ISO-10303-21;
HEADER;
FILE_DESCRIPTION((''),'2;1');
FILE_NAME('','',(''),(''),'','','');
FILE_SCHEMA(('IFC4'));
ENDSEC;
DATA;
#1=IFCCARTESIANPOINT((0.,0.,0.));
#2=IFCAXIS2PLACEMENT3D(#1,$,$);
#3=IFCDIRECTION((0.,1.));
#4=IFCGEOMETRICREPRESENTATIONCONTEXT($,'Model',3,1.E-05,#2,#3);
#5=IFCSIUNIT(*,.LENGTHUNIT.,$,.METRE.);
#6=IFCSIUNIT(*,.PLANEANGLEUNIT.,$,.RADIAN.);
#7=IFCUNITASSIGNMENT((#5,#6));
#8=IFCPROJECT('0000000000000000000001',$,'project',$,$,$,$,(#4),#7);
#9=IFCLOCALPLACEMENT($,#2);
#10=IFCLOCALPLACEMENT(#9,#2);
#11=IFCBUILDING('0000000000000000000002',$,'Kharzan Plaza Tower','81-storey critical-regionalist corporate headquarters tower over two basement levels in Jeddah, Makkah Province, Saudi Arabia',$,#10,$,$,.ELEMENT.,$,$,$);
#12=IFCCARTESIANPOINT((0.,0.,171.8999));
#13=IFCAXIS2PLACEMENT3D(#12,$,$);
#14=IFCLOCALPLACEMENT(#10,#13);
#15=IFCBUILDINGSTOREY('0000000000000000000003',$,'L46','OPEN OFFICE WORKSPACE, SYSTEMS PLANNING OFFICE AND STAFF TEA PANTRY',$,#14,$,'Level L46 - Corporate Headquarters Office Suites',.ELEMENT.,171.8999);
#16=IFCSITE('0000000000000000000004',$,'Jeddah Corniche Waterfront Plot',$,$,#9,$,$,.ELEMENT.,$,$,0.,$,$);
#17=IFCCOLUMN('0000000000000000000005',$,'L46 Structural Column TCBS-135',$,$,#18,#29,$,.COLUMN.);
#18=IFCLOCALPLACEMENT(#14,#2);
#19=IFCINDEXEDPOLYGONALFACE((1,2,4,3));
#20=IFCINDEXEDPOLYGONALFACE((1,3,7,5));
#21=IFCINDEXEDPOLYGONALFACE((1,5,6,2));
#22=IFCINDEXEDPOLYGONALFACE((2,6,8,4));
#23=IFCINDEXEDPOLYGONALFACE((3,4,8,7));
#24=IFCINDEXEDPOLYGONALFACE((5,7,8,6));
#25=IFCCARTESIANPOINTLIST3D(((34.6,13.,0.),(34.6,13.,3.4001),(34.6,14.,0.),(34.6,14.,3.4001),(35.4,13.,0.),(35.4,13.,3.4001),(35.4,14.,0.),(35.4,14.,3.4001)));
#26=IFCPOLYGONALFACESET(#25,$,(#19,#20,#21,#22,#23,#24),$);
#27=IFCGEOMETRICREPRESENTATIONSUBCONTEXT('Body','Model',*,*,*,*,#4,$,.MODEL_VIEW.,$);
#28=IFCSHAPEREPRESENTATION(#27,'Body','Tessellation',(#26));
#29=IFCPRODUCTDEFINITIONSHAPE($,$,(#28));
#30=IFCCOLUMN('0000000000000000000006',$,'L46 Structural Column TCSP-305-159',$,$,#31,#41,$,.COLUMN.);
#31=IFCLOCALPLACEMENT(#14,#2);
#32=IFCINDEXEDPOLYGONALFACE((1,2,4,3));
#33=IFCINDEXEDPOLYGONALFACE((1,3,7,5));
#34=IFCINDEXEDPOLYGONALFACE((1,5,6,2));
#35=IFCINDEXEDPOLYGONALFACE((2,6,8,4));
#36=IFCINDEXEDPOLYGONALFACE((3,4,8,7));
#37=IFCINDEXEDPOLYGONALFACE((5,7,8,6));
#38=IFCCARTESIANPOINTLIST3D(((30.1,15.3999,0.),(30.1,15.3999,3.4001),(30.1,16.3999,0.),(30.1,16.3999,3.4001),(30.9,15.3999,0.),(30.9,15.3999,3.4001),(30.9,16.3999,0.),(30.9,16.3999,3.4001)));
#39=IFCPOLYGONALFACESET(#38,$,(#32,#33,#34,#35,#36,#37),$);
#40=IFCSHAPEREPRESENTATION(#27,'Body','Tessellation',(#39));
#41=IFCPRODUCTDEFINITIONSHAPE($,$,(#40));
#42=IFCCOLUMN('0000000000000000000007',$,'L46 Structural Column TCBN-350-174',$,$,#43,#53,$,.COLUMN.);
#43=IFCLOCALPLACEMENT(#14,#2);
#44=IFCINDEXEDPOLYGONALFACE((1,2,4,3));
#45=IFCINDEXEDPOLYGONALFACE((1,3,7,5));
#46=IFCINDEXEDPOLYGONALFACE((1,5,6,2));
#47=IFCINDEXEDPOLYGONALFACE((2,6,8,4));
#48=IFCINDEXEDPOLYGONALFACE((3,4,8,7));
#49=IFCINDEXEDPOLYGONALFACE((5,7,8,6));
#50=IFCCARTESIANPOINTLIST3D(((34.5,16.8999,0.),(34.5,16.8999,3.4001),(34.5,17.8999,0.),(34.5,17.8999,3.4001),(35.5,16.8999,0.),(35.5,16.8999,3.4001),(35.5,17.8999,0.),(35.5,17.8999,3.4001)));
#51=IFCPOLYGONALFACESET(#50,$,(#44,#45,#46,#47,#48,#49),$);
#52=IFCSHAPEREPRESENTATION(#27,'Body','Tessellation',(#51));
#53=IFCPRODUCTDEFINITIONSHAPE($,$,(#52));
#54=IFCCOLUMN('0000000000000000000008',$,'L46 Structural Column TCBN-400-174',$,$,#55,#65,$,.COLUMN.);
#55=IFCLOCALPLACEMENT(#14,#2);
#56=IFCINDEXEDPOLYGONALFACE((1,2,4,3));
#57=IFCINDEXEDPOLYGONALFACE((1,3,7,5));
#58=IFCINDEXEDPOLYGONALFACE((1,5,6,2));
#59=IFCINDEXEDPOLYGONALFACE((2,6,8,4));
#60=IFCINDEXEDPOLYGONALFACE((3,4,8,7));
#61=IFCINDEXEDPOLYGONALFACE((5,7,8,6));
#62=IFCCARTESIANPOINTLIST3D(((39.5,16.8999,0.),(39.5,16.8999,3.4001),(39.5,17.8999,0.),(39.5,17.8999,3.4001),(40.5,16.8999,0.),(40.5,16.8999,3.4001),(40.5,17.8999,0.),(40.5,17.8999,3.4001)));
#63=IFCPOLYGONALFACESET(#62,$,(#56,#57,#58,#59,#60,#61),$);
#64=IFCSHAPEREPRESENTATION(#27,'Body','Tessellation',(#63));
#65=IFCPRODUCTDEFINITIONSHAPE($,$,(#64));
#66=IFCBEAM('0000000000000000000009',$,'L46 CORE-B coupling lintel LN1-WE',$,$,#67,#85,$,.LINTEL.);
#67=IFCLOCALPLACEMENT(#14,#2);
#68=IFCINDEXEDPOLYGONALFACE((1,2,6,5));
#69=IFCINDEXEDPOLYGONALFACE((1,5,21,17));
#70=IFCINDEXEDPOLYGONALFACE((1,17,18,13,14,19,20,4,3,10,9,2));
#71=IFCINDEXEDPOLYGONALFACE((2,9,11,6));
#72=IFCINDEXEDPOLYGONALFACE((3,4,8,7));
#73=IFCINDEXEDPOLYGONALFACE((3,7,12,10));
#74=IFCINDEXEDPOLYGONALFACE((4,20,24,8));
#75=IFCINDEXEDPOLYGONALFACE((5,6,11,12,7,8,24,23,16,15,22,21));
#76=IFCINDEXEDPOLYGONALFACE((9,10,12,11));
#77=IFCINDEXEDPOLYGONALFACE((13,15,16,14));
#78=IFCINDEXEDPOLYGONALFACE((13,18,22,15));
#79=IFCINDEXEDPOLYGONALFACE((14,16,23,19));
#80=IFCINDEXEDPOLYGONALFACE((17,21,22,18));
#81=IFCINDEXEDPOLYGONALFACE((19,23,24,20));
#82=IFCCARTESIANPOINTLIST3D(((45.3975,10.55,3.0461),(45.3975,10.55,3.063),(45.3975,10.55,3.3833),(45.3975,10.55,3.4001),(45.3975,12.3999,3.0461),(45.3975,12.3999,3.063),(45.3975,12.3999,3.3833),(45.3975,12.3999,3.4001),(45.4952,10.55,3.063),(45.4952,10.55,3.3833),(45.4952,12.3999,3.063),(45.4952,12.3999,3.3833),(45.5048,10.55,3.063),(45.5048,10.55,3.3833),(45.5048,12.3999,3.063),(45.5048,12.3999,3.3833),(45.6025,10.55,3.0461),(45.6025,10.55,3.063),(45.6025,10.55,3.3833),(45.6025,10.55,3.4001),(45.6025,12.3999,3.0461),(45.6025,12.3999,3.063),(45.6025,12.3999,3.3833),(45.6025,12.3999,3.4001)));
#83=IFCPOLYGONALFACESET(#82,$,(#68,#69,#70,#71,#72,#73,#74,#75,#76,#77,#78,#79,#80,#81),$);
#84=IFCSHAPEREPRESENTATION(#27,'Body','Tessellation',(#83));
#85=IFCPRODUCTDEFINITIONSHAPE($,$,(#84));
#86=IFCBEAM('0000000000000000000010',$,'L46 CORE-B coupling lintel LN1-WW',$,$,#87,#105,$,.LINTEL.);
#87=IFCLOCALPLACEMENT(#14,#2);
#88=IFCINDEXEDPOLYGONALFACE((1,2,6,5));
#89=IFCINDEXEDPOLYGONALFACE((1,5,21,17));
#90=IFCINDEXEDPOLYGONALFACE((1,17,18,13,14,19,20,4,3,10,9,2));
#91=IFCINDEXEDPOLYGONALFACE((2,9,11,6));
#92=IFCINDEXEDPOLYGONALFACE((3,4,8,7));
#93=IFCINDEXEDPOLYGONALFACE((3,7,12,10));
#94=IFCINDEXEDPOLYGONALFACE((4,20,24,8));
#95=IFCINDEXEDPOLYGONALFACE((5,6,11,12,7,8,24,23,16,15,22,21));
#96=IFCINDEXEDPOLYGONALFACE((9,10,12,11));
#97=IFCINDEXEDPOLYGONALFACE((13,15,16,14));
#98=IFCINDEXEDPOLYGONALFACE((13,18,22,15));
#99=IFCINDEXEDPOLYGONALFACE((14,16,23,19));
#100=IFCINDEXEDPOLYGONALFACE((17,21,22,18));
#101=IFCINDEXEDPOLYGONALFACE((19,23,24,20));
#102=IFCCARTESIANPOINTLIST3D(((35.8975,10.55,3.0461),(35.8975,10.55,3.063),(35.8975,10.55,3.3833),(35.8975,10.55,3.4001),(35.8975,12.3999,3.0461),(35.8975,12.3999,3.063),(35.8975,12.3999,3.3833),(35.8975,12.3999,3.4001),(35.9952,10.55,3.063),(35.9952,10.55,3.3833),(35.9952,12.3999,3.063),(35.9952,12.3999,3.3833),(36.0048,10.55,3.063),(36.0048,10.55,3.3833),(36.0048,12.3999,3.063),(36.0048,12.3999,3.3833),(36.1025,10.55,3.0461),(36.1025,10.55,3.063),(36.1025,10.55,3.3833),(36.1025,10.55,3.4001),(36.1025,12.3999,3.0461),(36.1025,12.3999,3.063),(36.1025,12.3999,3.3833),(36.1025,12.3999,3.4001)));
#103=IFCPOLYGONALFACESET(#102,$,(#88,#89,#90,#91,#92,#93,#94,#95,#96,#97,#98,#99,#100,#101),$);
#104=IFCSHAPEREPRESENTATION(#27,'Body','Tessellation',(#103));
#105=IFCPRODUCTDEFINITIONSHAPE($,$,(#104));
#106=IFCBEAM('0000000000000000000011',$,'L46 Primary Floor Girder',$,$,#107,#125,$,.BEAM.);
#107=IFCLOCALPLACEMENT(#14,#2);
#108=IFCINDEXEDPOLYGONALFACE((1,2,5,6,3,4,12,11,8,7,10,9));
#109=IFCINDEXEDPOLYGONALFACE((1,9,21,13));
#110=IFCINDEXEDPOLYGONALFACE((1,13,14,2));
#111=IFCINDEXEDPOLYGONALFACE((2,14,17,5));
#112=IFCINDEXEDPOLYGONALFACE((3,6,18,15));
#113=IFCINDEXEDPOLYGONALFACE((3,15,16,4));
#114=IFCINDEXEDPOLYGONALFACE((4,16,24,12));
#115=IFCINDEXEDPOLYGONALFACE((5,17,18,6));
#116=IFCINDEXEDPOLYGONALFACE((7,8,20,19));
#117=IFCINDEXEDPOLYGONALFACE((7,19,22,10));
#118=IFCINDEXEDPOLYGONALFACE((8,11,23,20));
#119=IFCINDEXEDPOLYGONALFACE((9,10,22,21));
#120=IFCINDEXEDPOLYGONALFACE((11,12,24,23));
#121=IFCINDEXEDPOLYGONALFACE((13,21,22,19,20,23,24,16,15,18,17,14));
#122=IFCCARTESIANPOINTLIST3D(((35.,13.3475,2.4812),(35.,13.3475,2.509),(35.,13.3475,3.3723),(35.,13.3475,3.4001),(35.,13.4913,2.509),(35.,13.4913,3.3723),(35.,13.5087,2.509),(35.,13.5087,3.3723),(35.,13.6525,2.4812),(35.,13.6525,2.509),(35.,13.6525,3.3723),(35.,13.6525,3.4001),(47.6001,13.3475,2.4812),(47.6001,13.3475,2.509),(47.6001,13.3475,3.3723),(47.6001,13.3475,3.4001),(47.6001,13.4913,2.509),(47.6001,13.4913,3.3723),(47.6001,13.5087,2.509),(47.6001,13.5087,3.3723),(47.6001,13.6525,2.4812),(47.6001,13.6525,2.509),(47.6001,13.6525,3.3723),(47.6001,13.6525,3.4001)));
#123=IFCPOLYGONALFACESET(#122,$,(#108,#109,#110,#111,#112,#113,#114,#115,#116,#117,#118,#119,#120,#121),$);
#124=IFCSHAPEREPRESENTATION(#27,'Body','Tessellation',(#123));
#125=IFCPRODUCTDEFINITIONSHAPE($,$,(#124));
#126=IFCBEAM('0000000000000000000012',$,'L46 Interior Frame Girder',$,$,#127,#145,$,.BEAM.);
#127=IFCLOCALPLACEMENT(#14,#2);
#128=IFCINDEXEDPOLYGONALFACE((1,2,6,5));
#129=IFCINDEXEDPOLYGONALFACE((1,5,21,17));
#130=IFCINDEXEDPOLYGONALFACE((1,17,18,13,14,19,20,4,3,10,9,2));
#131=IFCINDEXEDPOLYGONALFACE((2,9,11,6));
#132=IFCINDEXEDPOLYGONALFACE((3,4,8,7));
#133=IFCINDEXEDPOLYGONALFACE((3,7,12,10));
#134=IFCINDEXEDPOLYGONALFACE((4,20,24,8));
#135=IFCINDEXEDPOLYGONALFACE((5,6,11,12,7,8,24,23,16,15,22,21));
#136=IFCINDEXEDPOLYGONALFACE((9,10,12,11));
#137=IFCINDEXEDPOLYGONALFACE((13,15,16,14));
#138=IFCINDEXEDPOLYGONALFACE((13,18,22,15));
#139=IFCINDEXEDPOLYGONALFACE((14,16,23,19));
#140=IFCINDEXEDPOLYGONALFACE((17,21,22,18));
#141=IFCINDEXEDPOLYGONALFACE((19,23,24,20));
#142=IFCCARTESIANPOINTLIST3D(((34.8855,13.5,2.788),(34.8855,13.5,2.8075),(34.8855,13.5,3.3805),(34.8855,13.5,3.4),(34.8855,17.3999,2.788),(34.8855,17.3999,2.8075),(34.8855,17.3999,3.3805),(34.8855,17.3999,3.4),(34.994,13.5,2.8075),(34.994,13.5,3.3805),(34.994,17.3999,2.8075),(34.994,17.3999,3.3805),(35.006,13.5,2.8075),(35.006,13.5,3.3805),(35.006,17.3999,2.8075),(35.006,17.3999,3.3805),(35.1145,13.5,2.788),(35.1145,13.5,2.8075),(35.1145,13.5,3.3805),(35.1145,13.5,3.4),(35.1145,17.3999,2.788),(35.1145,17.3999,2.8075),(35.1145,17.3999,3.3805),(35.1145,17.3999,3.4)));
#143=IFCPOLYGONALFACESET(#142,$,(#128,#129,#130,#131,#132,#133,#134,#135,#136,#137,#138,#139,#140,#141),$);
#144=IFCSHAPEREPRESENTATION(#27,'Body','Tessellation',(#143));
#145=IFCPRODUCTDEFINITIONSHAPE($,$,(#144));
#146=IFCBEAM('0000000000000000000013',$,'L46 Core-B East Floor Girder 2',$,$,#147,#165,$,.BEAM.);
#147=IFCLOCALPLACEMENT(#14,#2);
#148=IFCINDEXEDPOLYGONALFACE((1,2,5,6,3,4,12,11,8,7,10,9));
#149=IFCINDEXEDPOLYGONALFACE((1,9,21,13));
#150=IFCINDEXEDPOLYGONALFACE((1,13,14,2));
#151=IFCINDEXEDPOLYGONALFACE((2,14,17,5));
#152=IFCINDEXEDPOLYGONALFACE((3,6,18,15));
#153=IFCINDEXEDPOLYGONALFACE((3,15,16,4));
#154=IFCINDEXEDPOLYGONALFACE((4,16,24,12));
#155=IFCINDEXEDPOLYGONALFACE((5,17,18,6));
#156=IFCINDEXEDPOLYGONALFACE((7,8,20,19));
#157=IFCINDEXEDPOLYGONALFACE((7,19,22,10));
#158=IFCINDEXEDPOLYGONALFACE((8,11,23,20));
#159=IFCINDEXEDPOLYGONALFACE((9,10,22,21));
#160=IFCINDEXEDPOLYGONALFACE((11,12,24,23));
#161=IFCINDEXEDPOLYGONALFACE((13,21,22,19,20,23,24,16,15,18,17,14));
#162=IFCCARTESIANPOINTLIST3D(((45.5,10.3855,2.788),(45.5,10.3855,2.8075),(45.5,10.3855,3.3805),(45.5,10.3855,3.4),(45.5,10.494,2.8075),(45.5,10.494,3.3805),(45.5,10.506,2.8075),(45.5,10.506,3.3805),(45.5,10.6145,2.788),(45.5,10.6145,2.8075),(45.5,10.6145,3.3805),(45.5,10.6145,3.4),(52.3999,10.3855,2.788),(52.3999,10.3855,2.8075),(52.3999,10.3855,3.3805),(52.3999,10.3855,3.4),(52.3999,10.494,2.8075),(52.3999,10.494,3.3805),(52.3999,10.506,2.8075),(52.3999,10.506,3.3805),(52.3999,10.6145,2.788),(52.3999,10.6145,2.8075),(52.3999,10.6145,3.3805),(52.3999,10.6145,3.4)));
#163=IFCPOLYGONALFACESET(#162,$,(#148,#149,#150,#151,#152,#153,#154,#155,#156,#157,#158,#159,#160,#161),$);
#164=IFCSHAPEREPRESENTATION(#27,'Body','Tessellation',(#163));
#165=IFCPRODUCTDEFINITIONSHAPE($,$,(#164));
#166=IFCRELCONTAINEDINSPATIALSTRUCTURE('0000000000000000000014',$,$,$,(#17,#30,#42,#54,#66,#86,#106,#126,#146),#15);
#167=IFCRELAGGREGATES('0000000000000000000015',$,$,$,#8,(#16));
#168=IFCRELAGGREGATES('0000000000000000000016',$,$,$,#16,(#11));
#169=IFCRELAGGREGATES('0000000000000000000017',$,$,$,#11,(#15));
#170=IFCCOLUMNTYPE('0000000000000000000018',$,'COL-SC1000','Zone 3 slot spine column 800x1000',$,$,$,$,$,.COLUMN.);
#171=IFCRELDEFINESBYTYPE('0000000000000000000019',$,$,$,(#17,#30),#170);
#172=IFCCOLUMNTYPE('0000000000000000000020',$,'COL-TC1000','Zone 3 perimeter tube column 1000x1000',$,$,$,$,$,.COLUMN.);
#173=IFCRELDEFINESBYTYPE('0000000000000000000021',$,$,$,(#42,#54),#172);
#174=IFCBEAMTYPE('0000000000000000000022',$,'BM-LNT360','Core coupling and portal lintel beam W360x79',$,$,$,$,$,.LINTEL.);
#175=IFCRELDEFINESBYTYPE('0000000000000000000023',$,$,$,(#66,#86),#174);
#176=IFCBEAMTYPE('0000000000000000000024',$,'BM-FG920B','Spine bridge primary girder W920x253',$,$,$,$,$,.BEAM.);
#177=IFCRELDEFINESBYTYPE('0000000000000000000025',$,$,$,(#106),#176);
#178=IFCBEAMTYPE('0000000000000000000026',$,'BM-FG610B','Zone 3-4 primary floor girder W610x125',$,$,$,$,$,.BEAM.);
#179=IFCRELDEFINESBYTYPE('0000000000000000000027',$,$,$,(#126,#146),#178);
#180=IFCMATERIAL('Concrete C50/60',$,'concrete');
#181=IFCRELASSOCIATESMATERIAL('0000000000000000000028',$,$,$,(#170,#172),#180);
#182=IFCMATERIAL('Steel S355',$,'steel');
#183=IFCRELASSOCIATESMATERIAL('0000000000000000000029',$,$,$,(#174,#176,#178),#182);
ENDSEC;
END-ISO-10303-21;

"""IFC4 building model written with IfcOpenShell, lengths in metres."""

from ifc_helpers import new_model, si_unit, direction, frame, origin, origin_2d, place, context, subcontext, project, spatial, rectangle, i_section, extrude, source, transform, mapped, material, material_profile, profile_set, type_object, element, save


model = new_model("IFC4")

# Units and contexts
model_context = context("Model", 3, precision=1e-05, world=origin(), true_north=direction((0.0, 1.0)))
body_context = subcontext(model_context, "Body", "Model", "MODEL_VIEW")
ifc_project = project(units=[si_unit("LENGTHUNIT", "METRE"), si_unit("PLANEANGLEUNIT", "RADIAN")], contexts=[model_context])

# Site, building, storey
site_placement = place(None, origin())
site = spatial("IfcSite", under=ifc_project, at=site_placement, Name="Jeddah Corniche Waterfront Plot", CompositionType="ELEMENT", RefElevation=0.0)
building_placement = place(site_placement, origin())
building = spatial("IfcBuilding", under=site, at=building_placement, Name="Kharzan Plaza Tower", Description="81-storey critical-regionalist corporate headquarters tower over two basement levels in Jeddah, Makkah Province, Saudi Arabia", CompositionType="ELEMENT")
storey_placement = place(building_placement, frame((0.0, 0.0, 171.8999)))
storey = spatial("IfcBuildingStorey", under=building, at=storey_placement, Name="L46", Description="OPEN OFFICE WORKSPACE, SYSTEMS PLANNING OFFICE AND STAFF TEA PANTRY", LongName="Level L46 - Corporate Headquarters Office Suites", CompositionType="ELEMENT", Elevation=171.8999)

# Columns
ifc_material_1 = material(Name="Concrete C50/60", Category="concrete")
ifc_material_profile_1 = material_profile(ifc_material_1, rectangle(XDim=0.8, YDim=1.0, at=origin_2d()), Name="RC-SC1000x800")
ifc_profile_set_1 = profile_set([ifc_material_profile_1], Name="Concrete C50/60")
column_type_1 = type_object("IfcColumnType", Name="COL-SC1000", Description="Zone 3 slot spine column 800x1000", PredefinedType="COLUMN", material=ifc_profile_set_1)
shared_shape_1 = source(origin(), body_context, "Body", "SweptSolid", [
    extrude(rectangle(XDim=0.8, YDim=1.0, at=origin_2d()), origin(), (0.0, 0.0, 1.0), 3.4001),
])
for number, where, z_axis, x_axis, name in (
    (1, (35.0, 13.5, 0.0), (0.0, 0.0, 1.0), (1.0, 0.0, 0.0), "L46 Structural Column TCBS-135"),
    (2, (30.5, 15.8999, 0.0), (0.0, 0.0, 1.0), (1.0, 0.0, 0.0), "L46 Structural Column TCSP-305-159"),
):
    element("IfcColumn", number, at=place(storey_placement, frame(where, z_axis=z_axis, x_axis=x_axis)), inside=storey, type_object=column_type_1, Name=name, PredefinedType="COLUMN", context=body_context, shape_type="MappedRepresentation", body=[
        mapped(shared_shape_1, transform((0.0, 0.0, 0.0), x_axis=(1.0, 0.0, 0.0), y_axis=(0.0, 1.0, 0.0), z_axis=(0.0, 0.0, 1.0))),
    ])
ifc_material_profile_2 = material_profile(ifc_material_1, rectangle(XDim=1.0, YDim=1.0, at=origin_2d()), Name="RC-TC1000x1000")
ifc_profile_set_2 = profile_set([ifc_material_profile_2], Name="Concrete C50/60")
column_type_2 = type_object("IfcColumnType", Name="COL-TC1000", Description="Zone 3 perimeter tube column 1000x1000", PredefinedType="COLUMN", material=ifc_profile_set_2)
shared_shape_2 = source(origin(), body_context, "Body", "SweptSolid", [
    extrude(rectangle(XDim=1.0, YDim=1.0, at=origin_2d()), origin(), (0.0, 0.0, 1.0), 3.4001),
])
for number, where, z_axis, x_axis, name in (
    (3, (35.0, 17.3999, 0.0), (0.0, 0.0, 1.0), (1.0, 0.0, 0.0), "L46 Structural Column TCBN-350-174"),
    (4, (40.0, 17.3999, 0.0), (0.0, 0.0, 1.0), (1.0, 0.0, 0.0), "L46 Structural Column TCBN-400-174"),
):
    element("IfcColumn", number, at=place(storey_placement, frame(where, z_axis=z_axis, x_axis=x_axis)), inside=storey, type_object=column_type_2, Name=name, PredefinedType="COLUMN", context=body_context, shape_type="MappedRepresentation", body=[
        mapped(shared_shape_2, transform((0.0, 0.0, 0.0), x_axis=(1.0, 0.0, 0.0), y_axis=(0.0, 1.0, 0.0), z_axis=(0.0, 0.0, 1.0))),
    ])

# Beams
ifc_material_2 = material(Name="Steel S355", Category="steel")
ifc_material_profile_3 = material_profile(ifc_material_2, i_section(OverallWidth=0.2051, OverallDepth=0.354, WebThickness=0.0095, FlangeThickness=0.0168, at=origin_2d()), Name="W360x79")
ifc_profile_set_3 = profile_set([ifc_material_profile_3], Name="Steel S355")
beam_type_1 = type_object("IfcBeamType", Name="BM-LNT360", Description="Core coupling and portal lintel beam W360x79", PredefinedType="LINTEL", material=ifc_profile_set_3)
shared_shape_3 = source(origin(), body_context, "Body", "SweptSolid", [
    extrude(i_section(OverallWidth=0.2051, OverallDepth=0.354, WebThickness=0.0095, FlangeThickness=0.0168, at=origin_2d()), origin(), (0.0, 0.0, 1.0), 1.8499),
])
for number, where, z_axis, x_axis, name in (
    (5, (45.5, 10.55, 3.2231), (0.0, 1.0, 0.0), (-1.0, 0.0, 0.0), "L46 CORE-B coupling lintel LN1-WE"),
    (6, (36.0, 10.55, 3.2231), (0.0, 1.0, 0.0), (-1.0, 0.0, 0.0), "L46 CORE-B coupling lintel LN1-WW"),
):
    element("IfcBeam", number, at=place(storey_placement, frame(where, z_axis=z_axis, x_axis=x_axis)), inside=storey, type_object=beam_type_1, Name=name, PredefinedType="LINTEL", context=body_context, shape_type="MappedRepresentation", body=[
        mapped(shared_shape_3, transform((0.0, 0.0, 0.0), x_axis=(1.0, 0.0, 0.0), y_axis=(0.0, 1.0, 0.0), z_axis=(0.0, 0.0, 1.0))),
    ])
ifc_material_profile_4 = material_profile(ifc_material_2, i_section(OverallWidth=0.3049, OverallDepth=0.9189, WebThickness=0.0173, FlangeThickness=0.0278, at=origin_2d()), Name="W920x253")
ifc_profile_set_4 = profile_set([ifc_material_profile_4], Name="Steel S355")
beam_type_2 = type_object("IfcBeamType", Name="BM-FG920B", Description="Spine bridge primary girder W920x253", PredefinedType="BEAM", material=ifc_profile_set_4)
shared_shape_4 = source(origin(), body_context, "Body", "SweptSolid", [
    extrude(i_section(OverallWidth=0.3049, OverallDepth=0.9189, WebThickness=0.0173, FlangeThickness=0.0278, at=origin_2d()), origin(), (0.0, 0.0, 1.0), 12.6001),
])
beam_1_placement = place(storey_placement, frame((35.0, 13.5, 2.9407), z_axis=(1.0, 0.0, 0.0), x_axis=(0.0, 1.0, 0.0)))
element("IfcBeam", 7, at=beam_1_placement, inside=storey, type_object=beam_type_2, Name="L46 Primary Floor Girder", PredefinedType="BEAM", context=body_context, shape_type="MappedRepresentation", body=[
    mapped(shared_shape_4, transform((0.0, 0.0, 0.0), x_axis=(1.0, 0.0, 0.0), y_axis=(0.0, 1.0, 0.0), z_axis=(0.0, 0.0, 1.0))),
])
ifc_material_profile_5 = material_profile(ifc_material_2, i_section(OverallWidth=0.229, OverallDepth=0.6121, WebThickness=0.012, FlangeThickness=0.0195, at=origin_2d()), Name="W610x125")
ifc_profile_set_5 = profile_set([ifc_material_profile_5], Name="Steel S355")
beam_type_3 = type_object("IfcBeamType", Name="BM-FG610B", Description="Zone 3-4 primary floor girder W610x125", PredefinedType="BEAM", material=ifc_profile_set_5)
shared_shape_5 = source(origin(), body_context, "Body", "SweptSolid", [
    extrude(i_section(OverallWidth=0.229, OverallDepth=0.6121, WebThickness=0.012, FlangeThickness=0.0195, at=origin_2d()), origin(), (0.0, 0.0, 1.0), 3.8999),
])
beam_2_placement = place(storey_placement, frame((35.0, 13.5, 3.094), z_axis=(0.0, 1.0, 0.0), x_axis=(-1.0, 0.0, 0.0)))
element("IfcBeam", 8, at=beam_2_placement, inside=storey, type_object=beam_type_3, Name="L46 Interior Frame Girder", PredefinedType="BEAM", context=body_context, shape_type="MappedRepresentation", body=[
    mapped(shared_shape_5, transform((0.0, 0.0, 0.0), x_axis=(1.0, 0.0, 0.0), y_axis=(0.0, 1.0, 0.0), z_axis=(0.0, 0.0, 1.0))),
])
shared_shape_6 = source(origin(), body_context, "Body", "SweptSolid", [
    extrude(i_section(OverallWidth=0.229, OverallDepth=0.6121, WebThickness=0.012, FlangeThickness=0.0195, at=origin_2d()), origin(), (0.0, 0.0, 1.0), 6.8999),
])
beam_3_placement = place(storey_placement, frame((45.5, 10.5, 3.094), z_axis=(1.0, 0.0, 0.0), x_axis=(0.0, 1.0, 0.0)))
element("IfcBeam", 9, at=beam_3_placement, inside=storey, type_object=beam_type_3, Name="L46 Core-B East Floor Girder 2", PredefinedType="BEAM", context=body_context, shape_type="MappedRepresentation", body=[
    mapped(shared_shape_6, transform((0.0, 0.0, 0.0), x_axis=(1.0, 0.0, 0.0), y_axis=(0.0, 1.0, 0.0), z_axis=(0.0, 0.0, 1.0))),
])

save(model, "model.ifc")
